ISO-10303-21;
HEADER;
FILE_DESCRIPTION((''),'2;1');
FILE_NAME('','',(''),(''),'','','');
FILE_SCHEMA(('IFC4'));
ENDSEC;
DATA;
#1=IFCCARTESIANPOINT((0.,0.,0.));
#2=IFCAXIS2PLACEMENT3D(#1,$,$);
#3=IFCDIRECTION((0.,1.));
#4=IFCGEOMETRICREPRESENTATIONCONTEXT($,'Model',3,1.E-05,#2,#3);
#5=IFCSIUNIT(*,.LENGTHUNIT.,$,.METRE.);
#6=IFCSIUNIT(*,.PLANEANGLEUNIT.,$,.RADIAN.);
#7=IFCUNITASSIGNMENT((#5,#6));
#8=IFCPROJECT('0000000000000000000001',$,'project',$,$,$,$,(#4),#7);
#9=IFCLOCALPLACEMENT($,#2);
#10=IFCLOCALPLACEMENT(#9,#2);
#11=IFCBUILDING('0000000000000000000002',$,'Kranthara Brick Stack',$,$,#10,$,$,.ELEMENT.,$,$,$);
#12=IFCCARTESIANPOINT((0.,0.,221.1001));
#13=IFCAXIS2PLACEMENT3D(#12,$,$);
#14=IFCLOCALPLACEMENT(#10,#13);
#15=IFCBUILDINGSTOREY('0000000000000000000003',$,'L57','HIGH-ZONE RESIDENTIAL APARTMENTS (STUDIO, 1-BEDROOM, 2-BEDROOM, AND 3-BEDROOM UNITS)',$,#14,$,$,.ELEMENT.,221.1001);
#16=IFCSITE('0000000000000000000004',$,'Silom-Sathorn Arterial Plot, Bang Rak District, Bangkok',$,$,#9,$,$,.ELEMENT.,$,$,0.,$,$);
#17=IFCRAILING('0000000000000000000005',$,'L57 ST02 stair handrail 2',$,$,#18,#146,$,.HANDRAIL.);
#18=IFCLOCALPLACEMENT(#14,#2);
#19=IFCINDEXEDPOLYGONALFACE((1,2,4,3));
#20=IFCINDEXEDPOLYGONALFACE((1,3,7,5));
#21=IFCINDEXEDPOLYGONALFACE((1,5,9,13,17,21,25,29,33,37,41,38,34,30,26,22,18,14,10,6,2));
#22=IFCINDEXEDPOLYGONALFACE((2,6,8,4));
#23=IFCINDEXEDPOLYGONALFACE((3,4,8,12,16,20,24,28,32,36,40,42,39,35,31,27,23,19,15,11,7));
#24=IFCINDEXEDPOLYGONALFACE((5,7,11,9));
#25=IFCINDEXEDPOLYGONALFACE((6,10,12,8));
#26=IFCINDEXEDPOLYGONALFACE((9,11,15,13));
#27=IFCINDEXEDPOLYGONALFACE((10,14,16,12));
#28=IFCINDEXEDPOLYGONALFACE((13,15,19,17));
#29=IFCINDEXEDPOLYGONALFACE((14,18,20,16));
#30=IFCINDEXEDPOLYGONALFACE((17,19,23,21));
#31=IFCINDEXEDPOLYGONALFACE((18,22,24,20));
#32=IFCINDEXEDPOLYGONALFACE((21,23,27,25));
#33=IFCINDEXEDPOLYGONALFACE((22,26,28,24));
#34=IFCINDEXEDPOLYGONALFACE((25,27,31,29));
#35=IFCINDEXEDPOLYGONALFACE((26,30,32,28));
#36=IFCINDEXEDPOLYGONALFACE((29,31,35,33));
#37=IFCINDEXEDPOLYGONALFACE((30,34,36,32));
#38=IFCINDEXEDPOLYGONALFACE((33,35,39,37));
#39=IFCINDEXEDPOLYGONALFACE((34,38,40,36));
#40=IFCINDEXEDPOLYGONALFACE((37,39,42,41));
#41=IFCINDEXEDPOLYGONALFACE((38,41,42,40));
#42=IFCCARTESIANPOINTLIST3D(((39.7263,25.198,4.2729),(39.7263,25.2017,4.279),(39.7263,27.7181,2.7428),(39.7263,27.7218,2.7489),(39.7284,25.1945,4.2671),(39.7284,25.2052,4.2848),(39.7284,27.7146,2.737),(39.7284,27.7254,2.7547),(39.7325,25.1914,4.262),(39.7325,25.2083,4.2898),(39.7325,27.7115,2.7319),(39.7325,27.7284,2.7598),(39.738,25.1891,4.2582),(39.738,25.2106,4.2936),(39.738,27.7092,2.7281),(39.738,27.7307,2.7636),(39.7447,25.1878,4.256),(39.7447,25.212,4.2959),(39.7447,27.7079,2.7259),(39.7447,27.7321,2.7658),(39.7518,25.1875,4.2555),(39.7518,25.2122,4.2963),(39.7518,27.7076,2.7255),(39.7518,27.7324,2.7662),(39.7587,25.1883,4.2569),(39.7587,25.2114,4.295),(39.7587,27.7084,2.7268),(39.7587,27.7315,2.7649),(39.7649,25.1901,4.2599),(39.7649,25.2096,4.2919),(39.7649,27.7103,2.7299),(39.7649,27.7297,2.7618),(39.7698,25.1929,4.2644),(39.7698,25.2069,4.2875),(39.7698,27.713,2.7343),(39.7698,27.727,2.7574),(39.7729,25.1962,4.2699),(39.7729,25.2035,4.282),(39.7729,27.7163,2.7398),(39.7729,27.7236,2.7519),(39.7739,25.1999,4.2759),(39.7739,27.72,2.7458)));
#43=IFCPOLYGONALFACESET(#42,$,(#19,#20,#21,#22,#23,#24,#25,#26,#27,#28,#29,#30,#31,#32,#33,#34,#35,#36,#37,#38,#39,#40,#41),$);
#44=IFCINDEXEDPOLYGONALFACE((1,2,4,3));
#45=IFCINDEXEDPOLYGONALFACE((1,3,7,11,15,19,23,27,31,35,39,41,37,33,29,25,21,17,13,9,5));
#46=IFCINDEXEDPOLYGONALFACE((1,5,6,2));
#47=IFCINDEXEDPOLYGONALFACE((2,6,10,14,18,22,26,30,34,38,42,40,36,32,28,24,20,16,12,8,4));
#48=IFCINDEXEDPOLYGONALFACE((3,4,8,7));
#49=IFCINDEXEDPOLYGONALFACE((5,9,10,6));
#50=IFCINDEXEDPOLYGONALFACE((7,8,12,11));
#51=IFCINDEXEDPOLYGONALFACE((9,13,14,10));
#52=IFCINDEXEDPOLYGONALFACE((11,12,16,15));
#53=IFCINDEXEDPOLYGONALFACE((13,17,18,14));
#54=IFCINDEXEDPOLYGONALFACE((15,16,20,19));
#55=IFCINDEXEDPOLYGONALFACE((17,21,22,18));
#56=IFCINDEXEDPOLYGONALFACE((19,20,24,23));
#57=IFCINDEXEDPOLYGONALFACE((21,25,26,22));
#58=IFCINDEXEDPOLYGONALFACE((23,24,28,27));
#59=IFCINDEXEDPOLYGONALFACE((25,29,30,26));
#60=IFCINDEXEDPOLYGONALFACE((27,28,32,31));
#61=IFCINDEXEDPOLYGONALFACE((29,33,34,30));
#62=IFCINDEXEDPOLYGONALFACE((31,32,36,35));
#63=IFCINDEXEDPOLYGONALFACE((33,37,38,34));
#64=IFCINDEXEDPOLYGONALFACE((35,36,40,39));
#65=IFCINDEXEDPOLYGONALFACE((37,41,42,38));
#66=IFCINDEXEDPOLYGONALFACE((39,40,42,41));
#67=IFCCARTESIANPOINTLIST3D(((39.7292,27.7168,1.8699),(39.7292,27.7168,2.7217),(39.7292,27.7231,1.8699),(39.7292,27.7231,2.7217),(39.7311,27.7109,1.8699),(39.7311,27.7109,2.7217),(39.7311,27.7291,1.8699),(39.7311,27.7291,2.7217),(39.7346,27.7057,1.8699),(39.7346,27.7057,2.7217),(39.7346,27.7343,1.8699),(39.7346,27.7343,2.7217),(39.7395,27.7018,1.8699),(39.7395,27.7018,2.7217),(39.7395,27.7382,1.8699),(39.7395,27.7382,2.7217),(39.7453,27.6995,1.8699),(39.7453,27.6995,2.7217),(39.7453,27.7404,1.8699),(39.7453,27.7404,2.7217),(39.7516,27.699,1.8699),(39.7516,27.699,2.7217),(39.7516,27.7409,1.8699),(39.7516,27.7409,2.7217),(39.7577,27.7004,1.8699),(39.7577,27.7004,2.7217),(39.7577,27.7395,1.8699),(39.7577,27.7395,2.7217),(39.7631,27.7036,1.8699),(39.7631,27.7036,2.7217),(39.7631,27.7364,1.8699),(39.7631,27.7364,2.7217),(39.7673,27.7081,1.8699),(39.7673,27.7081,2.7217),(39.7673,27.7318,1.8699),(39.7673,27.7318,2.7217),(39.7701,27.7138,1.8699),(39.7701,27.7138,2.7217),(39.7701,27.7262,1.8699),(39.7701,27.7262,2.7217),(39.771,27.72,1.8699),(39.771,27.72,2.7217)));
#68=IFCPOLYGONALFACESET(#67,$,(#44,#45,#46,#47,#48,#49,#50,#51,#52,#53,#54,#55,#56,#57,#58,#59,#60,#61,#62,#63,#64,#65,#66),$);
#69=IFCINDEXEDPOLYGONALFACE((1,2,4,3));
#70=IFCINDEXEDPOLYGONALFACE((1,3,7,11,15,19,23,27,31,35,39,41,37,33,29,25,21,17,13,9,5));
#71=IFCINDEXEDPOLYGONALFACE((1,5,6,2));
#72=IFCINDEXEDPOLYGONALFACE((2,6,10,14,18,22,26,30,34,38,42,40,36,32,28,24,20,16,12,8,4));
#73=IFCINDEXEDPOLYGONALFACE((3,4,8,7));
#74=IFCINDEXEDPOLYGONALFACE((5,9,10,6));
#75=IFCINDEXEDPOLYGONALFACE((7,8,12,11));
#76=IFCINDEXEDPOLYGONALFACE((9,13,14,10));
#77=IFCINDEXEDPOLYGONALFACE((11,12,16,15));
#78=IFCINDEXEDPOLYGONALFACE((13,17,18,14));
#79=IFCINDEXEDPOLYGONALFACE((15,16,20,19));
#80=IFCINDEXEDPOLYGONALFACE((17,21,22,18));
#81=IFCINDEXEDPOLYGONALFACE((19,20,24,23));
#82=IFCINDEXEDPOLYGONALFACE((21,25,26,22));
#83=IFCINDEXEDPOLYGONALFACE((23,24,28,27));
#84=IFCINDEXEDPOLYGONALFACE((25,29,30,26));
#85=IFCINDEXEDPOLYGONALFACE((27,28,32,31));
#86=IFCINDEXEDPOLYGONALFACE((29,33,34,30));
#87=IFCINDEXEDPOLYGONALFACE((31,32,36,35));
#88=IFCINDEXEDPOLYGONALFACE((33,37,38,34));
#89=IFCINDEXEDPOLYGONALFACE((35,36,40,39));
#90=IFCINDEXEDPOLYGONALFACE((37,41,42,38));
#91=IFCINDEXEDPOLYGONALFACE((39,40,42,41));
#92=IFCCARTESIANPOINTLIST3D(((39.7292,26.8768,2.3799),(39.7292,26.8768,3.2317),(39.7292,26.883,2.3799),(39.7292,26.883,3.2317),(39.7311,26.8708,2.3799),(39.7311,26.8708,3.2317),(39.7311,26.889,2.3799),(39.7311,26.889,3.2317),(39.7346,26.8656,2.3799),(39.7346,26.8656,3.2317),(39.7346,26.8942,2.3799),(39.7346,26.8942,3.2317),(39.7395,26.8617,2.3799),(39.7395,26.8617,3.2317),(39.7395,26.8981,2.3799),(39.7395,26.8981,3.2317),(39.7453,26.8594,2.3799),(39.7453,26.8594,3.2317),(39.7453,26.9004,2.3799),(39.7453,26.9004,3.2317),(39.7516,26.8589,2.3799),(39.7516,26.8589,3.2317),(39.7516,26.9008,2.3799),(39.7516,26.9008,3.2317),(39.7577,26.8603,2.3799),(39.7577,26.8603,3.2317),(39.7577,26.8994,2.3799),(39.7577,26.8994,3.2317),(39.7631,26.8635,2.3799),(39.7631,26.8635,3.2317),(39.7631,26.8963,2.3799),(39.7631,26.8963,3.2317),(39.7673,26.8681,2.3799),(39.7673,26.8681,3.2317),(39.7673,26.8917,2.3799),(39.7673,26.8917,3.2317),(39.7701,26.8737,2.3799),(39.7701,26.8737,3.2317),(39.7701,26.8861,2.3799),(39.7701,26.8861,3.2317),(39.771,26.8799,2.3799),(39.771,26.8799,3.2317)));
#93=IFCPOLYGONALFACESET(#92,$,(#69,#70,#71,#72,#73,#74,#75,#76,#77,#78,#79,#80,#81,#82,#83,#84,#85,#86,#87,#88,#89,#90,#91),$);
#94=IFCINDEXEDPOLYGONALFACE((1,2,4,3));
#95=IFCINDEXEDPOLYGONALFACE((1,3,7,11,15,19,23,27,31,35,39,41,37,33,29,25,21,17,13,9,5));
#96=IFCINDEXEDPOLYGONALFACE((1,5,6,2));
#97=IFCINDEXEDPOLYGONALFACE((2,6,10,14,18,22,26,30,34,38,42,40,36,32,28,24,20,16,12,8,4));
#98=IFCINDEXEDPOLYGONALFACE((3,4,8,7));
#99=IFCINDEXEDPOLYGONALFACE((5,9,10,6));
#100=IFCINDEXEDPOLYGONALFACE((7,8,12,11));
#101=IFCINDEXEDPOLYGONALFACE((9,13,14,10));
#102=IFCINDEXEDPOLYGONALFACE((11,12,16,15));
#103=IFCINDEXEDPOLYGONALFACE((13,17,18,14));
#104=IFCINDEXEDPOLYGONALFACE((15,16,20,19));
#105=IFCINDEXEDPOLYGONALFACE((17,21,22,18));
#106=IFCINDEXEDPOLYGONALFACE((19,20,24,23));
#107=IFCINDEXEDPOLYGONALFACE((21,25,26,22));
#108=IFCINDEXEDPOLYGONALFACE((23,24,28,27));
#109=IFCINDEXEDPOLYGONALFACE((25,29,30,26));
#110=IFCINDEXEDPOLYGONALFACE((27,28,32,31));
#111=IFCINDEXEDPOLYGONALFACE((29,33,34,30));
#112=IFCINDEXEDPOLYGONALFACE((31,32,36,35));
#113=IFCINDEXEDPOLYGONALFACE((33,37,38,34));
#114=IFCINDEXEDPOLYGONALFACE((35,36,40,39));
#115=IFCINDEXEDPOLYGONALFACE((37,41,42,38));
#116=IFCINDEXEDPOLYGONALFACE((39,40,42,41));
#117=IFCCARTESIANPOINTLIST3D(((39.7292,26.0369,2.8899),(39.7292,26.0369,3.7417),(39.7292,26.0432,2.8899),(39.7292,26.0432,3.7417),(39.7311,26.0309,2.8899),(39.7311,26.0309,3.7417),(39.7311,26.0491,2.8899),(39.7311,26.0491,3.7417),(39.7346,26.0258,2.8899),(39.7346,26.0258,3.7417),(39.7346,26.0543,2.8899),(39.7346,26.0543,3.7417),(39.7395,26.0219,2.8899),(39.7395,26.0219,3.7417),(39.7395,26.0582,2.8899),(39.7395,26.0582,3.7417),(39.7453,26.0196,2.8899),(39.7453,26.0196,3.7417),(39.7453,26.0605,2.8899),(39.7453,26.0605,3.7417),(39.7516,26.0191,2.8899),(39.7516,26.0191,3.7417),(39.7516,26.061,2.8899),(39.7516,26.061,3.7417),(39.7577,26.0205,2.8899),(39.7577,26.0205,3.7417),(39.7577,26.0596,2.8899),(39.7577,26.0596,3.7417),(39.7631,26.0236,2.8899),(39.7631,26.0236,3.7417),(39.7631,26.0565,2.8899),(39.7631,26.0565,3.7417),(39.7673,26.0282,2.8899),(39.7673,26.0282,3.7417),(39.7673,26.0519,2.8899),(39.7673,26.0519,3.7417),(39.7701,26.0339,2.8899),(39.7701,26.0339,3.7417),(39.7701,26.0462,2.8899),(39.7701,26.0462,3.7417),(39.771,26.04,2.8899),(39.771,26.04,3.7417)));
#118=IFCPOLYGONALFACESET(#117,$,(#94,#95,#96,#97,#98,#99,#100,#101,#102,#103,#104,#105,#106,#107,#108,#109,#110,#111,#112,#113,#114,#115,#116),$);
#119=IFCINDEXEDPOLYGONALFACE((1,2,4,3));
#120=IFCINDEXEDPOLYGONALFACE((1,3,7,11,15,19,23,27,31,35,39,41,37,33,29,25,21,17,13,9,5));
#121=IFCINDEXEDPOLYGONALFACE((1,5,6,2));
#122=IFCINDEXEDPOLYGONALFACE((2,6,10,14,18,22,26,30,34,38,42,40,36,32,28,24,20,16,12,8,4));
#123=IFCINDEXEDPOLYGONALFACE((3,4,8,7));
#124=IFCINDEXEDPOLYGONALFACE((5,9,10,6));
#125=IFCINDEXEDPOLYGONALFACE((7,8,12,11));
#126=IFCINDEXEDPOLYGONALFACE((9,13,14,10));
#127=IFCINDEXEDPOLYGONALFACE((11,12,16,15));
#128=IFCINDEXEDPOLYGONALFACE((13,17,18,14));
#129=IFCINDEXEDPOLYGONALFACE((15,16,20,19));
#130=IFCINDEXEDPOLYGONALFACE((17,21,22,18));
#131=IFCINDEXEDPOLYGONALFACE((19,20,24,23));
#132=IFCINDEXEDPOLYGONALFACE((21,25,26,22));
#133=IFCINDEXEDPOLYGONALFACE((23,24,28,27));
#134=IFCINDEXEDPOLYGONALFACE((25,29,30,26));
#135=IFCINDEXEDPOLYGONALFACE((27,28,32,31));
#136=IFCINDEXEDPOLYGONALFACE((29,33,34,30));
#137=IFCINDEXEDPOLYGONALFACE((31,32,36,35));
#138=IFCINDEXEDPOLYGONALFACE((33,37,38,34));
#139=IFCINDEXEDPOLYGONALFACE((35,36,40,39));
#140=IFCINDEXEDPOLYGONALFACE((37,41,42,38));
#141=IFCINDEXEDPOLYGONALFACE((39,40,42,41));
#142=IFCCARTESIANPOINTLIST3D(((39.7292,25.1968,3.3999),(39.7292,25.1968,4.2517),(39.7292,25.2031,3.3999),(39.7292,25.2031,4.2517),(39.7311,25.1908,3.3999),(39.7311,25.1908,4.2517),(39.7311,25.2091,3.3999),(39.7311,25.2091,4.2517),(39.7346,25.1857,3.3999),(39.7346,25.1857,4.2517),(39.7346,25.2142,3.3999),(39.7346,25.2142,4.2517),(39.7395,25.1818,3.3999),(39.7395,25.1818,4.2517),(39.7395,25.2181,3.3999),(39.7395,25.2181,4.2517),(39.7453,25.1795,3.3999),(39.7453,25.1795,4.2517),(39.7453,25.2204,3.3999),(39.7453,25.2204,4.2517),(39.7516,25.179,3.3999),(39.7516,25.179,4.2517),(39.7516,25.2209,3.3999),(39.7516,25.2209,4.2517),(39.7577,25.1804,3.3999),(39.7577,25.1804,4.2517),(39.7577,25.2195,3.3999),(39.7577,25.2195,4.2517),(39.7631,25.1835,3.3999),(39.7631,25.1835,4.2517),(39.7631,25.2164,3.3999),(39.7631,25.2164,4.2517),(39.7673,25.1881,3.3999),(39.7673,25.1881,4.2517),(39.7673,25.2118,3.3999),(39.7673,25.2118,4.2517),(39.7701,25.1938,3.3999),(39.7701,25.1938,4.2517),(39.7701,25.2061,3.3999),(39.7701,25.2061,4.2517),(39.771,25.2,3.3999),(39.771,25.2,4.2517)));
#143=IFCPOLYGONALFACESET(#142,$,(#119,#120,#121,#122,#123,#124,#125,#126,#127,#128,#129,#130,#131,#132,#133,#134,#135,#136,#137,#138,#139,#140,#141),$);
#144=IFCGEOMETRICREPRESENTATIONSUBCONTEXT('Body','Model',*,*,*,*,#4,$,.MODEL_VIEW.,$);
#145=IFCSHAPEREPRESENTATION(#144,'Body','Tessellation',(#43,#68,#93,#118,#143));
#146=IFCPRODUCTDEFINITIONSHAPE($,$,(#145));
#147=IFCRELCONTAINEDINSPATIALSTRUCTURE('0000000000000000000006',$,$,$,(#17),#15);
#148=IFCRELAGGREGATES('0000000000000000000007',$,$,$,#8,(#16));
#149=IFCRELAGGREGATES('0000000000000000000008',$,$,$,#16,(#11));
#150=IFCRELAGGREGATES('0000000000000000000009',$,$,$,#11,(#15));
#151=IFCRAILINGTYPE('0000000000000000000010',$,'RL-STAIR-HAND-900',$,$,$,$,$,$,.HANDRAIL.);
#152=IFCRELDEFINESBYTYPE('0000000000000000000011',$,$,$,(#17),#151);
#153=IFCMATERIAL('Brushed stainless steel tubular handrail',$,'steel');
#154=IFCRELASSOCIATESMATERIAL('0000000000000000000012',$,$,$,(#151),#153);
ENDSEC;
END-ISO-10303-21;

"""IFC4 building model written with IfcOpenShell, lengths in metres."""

from ifc_helpers import new_model, si_unit, direction, frame, origin, origin_2d, place, context, subcontext, project, spatial, circle, extrude, material, type_object, element, save


model = new_model("IFC4")

# Units and contexts
model_context = context("Model", 3, precision=1e-05, world=origin(), true_north=direction((0.0, 1.0)))
body_context = subcontext(model_context, "Body", "Model", "MODEL_VIEW")
ifc_project = project(units=[si_unit("LENGTHUNIT", "METRE"), si_unit("PLANEANGLEUNIT", "RADIAN")], contexts=[model_context])

# Site, building, storey
site_placement = place(None, origin())
site = spatial("IfcSite", under=ifc_project, at=site_placement, Name="Silom-Sathorn Arterial Plot, Bang Rak District, Bangkok", CompositionType="ELEMENT", RefElevation=0.0)
building_placement = place(site_placement, origin())
building = spatial("IfcBuilding", under=site, at=building_placement, Name="Kranthara Brick Stack", CompositionType="ELEMENT")
storey_placement = place(building_placement, frame((0.0, 0.0, 221.1001)))
storey = spatial("IfcBuildingStorey", under=building, at=storey_placement, Name="L57", Description="HIGH-ZONE RESIDENTIAL APARTMENTS (STUDIO, 1-BEDROOM, 2-BEDROOM, AND 3-BEDROOM UNITS)", CompositionType="ELEMENT", Elevation=221.1001)

# Railing
ifc_material_1 = material(Name="Brushed stainless steel tubular handrail", Category="steel")
railing_type_1 = type_object("IfcRailingType", Name="RL-STAIR-HAND-900", PredefinedType="HANDRAIL", material=ifc_material_1)
railing_1_placement = place(storey_placement, frame((39.75, 27.72, 1.8699)))
element("IfcRailing", 1, at=railing_1_placement, inside=storey, type_object=railing_type_1, Name="L57 ST02 stair handrail 2", PredefinedType="HANDRAIL", context=body_context, shape_type="SweptSolid", body=[
    extrude(circle(Radius=0.0239, at=origin_2d()), frame((0.0, 0.0, 0.876), z_axis=(0.0, -0.854785, 0.518982), x_axis=(1.0, 0.0, 0.0)), (0.0, 0.0, 1.0), 2.9482),
    extrude(circle(Radius=0.021, at=origin_2d()), origin(), (0.0, 0.0, 1.0), 0.8518),
    extrude(circle(Radius=0.021, at=origin_2d()), frame((0.0, -0.8401, 0.51)), (0.0, 0.0, 1.0), 0.8518),
    extrude(circle(Radius=0.021, at=origin_2d()), frame((0.0, -1.6799, 1.02)), (0.0, 0.0, 1.0), 0.8518),
    extrude(circle(Radius=0.021, at=origin_2d()), frame((0.0, -2.52, 1.53)), (0.0, 0.0, 1.0), 0.8518),
])

save(model, "model.ifc")
